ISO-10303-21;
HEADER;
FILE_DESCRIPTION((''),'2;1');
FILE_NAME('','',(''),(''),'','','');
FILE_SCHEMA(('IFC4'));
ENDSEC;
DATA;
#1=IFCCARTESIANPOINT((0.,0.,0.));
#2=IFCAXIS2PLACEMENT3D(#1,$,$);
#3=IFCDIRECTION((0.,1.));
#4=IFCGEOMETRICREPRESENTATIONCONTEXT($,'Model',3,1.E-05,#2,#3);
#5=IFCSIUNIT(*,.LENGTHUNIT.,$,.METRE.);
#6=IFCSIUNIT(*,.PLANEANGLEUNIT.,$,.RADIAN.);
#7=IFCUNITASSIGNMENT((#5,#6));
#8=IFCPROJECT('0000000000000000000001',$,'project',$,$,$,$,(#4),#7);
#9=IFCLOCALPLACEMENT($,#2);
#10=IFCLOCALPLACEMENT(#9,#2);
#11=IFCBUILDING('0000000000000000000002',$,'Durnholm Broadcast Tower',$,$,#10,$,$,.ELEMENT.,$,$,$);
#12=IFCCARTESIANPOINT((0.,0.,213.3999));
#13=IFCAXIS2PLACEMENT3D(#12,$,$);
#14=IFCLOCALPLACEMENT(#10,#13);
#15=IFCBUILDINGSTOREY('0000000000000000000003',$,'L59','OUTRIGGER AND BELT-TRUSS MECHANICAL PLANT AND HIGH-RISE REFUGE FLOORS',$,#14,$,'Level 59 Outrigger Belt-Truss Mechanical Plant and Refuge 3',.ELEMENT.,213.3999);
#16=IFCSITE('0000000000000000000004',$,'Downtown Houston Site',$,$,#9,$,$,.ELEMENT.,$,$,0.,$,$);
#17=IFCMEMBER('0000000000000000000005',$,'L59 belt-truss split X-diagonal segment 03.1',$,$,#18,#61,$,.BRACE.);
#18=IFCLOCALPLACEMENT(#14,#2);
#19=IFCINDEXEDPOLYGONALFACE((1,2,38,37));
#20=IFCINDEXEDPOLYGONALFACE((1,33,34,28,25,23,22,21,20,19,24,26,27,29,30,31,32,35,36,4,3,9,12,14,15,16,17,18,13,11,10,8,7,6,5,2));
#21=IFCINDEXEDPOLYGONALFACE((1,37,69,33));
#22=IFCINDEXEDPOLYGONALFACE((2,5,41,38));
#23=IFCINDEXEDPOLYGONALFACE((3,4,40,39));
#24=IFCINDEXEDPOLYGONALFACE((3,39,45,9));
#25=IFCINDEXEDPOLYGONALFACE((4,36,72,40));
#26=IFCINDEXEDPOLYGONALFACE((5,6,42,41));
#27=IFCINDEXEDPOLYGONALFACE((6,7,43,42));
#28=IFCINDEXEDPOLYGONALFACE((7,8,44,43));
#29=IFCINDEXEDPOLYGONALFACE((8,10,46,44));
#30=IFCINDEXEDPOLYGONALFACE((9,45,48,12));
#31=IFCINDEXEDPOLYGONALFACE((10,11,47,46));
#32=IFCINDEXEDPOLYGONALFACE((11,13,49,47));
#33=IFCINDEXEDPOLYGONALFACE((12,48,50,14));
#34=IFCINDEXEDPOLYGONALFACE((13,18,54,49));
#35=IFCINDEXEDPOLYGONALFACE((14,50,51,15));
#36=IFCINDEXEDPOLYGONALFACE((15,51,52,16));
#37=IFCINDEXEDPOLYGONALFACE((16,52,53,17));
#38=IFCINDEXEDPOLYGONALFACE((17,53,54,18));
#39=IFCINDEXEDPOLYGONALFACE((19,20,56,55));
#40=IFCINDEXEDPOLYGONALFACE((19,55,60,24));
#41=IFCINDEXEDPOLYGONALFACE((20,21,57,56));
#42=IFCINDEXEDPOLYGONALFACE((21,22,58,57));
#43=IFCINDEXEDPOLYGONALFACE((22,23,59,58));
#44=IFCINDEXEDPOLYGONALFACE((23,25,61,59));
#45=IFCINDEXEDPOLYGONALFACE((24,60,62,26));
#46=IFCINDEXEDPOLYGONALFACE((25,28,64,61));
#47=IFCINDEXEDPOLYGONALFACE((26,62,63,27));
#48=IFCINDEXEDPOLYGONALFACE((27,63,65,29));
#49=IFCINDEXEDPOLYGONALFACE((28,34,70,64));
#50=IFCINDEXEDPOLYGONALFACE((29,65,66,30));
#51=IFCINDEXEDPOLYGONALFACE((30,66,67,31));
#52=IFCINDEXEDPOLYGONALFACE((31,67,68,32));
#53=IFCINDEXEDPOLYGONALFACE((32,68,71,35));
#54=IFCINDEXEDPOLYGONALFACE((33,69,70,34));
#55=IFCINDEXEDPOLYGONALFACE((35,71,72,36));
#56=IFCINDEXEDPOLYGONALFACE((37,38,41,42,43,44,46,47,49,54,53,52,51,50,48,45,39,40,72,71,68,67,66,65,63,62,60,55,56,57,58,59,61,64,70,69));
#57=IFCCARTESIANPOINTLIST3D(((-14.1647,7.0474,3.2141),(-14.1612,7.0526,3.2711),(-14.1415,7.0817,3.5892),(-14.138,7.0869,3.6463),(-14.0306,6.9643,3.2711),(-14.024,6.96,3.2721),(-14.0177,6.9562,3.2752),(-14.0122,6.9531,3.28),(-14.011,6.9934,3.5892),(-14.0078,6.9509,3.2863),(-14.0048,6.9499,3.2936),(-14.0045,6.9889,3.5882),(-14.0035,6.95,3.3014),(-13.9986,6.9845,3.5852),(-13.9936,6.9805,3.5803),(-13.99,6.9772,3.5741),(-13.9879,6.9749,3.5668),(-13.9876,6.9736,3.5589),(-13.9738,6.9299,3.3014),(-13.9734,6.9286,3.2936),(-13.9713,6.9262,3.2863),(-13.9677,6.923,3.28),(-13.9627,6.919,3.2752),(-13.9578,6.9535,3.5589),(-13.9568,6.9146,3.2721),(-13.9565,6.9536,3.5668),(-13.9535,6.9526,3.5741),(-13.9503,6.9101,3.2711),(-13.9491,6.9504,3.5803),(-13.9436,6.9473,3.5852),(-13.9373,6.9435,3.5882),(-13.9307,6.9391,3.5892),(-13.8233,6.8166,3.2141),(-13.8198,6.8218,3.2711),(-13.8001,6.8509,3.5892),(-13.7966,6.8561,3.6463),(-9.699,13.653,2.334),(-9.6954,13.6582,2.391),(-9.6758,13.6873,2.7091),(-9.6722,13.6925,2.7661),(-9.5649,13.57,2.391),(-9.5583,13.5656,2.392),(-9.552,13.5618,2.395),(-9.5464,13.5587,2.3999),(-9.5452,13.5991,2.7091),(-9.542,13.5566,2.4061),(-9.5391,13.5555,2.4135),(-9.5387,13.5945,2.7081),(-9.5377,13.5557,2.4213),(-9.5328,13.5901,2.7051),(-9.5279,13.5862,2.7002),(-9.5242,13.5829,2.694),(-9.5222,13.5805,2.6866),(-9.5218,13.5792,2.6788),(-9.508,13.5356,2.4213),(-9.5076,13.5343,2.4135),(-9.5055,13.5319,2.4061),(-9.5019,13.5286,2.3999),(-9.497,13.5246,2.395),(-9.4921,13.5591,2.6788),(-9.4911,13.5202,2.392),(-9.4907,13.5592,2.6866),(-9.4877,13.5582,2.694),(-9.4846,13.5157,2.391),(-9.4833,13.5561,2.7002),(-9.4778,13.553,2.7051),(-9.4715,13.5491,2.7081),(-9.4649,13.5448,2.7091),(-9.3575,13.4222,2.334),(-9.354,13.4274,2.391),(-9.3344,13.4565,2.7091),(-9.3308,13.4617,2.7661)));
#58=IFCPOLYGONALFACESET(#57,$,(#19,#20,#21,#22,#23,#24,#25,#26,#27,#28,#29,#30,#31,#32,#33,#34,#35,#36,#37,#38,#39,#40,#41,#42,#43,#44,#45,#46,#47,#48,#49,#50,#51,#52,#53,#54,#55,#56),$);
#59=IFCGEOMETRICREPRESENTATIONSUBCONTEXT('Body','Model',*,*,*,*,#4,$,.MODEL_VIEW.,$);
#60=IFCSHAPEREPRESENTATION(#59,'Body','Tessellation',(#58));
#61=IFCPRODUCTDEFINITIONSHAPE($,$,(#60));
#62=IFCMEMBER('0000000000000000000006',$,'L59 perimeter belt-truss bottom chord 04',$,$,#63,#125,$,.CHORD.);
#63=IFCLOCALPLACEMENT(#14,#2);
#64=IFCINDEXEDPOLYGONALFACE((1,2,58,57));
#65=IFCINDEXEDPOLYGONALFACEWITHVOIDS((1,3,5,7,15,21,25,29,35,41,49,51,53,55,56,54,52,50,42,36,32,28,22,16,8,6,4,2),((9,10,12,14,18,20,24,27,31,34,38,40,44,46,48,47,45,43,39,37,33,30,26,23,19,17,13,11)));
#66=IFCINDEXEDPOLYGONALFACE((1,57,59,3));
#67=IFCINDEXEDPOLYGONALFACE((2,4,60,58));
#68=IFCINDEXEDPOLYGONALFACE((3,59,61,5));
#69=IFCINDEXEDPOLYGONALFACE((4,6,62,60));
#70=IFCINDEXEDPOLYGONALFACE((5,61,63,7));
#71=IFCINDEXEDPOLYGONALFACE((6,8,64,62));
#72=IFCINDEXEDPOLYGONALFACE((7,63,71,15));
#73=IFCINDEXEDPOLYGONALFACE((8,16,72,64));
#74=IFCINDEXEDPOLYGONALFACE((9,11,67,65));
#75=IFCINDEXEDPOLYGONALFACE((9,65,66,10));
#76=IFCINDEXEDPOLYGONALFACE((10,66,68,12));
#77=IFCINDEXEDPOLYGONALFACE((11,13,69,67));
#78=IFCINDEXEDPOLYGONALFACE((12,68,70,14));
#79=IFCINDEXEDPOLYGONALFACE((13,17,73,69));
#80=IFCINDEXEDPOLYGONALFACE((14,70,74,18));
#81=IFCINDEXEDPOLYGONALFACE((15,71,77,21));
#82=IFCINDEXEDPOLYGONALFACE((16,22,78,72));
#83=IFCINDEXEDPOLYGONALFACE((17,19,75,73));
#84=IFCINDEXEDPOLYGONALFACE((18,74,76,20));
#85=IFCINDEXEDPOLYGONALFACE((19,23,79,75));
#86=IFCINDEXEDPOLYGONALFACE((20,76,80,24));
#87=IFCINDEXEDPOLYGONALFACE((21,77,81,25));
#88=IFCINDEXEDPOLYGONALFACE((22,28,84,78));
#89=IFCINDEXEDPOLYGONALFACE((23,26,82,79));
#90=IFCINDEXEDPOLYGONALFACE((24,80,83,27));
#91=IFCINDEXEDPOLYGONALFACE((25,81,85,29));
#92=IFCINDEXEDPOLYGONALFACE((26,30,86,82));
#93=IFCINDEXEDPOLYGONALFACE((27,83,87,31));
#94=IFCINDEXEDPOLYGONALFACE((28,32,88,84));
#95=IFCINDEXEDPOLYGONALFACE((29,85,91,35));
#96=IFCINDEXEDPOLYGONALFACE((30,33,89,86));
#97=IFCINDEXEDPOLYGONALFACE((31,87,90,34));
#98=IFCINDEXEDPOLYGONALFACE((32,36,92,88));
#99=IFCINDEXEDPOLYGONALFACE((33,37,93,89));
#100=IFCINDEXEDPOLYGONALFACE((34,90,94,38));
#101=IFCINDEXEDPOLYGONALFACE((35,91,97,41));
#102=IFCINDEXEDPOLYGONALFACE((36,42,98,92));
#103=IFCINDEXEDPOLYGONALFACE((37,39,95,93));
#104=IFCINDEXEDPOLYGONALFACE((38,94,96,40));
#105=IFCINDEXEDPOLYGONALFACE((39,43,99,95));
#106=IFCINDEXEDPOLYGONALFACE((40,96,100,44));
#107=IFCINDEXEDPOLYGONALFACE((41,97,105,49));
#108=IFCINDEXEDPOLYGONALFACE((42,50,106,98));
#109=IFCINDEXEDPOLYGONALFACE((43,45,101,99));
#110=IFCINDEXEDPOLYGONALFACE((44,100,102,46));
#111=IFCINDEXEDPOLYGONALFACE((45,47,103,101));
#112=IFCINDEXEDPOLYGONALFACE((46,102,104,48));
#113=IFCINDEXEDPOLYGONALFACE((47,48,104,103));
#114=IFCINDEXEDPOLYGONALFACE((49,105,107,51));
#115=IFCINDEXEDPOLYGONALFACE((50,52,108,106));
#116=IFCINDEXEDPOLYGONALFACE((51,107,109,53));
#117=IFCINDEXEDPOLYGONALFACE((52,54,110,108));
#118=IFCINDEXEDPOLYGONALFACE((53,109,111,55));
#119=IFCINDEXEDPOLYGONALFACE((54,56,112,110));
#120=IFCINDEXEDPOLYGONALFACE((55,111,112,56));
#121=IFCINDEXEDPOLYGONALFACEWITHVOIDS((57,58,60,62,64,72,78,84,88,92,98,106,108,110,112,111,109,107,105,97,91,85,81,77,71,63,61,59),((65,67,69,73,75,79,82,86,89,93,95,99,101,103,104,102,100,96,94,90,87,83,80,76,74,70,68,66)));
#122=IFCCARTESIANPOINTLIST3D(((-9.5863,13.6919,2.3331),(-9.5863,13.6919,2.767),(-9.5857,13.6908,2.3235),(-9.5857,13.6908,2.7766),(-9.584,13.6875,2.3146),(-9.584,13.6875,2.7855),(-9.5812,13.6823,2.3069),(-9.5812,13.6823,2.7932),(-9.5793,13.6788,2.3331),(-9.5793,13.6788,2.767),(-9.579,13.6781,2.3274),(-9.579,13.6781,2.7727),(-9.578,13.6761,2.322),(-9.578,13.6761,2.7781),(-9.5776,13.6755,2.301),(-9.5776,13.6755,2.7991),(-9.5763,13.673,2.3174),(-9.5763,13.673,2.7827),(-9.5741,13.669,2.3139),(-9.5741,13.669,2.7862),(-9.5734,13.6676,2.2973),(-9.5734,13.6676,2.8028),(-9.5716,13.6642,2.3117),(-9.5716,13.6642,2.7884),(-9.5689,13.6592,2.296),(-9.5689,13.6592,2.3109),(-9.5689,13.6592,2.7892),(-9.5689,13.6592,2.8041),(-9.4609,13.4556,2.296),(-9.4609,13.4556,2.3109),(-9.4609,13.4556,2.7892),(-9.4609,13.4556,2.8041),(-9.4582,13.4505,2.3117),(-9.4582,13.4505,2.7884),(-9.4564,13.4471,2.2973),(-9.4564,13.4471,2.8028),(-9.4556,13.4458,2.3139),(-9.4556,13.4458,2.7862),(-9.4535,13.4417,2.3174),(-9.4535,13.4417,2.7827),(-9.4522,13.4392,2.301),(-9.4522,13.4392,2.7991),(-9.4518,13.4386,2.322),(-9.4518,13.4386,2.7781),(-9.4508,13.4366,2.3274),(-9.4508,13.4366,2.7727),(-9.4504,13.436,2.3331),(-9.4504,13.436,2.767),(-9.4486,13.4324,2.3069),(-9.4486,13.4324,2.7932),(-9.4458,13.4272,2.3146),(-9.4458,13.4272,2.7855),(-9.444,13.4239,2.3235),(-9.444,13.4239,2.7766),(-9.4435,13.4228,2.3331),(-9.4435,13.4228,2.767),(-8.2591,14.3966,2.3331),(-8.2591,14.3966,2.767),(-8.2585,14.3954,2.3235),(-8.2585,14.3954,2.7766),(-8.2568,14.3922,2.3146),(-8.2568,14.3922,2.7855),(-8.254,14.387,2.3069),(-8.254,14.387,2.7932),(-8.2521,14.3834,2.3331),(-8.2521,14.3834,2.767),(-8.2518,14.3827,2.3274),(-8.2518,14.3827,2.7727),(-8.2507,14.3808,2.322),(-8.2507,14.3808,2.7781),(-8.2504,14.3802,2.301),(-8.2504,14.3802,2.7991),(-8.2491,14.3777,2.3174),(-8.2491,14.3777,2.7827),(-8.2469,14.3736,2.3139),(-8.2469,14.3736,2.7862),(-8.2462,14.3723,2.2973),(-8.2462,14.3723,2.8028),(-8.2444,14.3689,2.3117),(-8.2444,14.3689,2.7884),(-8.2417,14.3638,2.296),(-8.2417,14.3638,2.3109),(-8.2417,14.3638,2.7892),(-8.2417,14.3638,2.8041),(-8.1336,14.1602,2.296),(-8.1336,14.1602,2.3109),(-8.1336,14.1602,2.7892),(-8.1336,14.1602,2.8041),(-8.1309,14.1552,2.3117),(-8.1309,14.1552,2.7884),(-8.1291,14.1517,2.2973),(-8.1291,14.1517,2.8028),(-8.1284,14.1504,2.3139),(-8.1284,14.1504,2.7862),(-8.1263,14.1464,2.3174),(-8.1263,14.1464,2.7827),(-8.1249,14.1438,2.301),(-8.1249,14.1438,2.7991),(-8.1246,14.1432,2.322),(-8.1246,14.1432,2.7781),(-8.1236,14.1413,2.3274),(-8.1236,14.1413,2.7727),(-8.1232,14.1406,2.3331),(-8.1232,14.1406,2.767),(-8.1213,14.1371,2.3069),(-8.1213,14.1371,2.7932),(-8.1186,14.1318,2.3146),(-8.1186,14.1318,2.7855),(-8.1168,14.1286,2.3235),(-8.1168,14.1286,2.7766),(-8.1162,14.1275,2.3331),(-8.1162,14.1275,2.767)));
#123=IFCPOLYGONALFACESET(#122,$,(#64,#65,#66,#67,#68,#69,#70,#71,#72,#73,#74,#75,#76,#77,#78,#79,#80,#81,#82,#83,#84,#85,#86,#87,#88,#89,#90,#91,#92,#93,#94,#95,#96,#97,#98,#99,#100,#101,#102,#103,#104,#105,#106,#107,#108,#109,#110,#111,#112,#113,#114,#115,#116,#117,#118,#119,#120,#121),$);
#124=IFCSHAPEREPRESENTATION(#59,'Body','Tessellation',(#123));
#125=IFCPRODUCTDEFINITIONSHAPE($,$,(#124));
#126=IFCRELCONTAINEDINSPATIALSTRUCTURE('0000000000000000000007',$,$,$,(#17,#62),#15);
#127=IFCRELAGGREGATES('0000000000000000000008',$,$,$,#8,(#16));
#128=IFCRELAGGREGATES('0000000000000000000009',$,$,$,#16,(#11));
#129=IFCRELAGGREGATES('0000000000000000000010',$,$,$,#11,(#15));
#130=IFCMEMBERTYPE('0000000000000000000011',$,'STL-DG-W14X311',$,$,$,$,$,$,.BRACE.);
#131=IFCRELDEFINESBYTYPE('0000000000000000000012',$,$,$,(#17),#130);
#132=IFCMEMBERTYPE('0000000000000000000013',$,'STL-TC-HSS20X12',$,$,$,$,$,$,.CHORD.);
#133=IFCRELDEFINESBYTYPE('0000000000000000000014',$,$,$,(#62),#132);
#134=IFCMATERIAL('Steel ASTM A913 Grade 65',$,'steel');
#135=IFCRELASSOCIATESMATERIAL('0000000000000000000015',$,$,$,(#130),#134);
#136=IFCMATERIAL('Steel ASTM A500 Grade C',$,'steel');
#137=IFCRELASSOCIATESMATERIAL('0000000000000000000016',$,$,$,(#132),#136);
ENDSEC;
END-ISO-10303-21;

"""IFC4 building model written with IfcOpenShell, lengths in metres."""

from ifc_helpers import new_model, si_unit, direction, frame, origin, origin_2d, place, context, subcontext, project, spatial, hollow_rectangle, i_section, extrude, source, transform, mapped, material, material_profile, profile_set, type_object, type_shapes, element, save


model = new_model("IFC4")

# Units and contexts
model_context = context("Model", 3, precision=1e-05, world=origin(), true_north=direction((0.0, 1.0)))
body_context = subcontext(model_context, "Body", "Model", "MODEL_VIEW")
ifc_project = project(units=[si_unit("LENGTHUNIT", "METRE"), si_unit("PLANEANGLEUNIT", "RADIAN")], contexts=[model_context])

# Site, building, storey
site_placement = place(None, origin())
site = spatial("IfcSite", under=ifc_project, at=site_placement, Name="Downtown Houston Site", CompositionType="ELEMENT", RefElevation=0.0)
building_placement = place(site_placement, origin())
building = spatial("IfcBuilding", under=site, at=building_placement, Name="Durnholm Broadcast Tower", CompositionType="ELEMENT")
storey_placement = place(building_placement, frame((0.0, 0.0, 213.3999)))
storey = spatial("IfcBuildingStorey", under=building, at=storey_placement, Name="L59", Description="OUTRIGGER AND BELT-TRUSS MECHANICAL PLANT AND HIGH-RISE REFUGE FLOORS", LongName="Level 59 Outrigger Belt-Truss Mechanical Plant and Refuge 3", CompositionType="ELEMENT", Elevation=213.3999)

# Members
ifc_material_1 = material(Name="Steel ASTM A913 Grade 65", Category="steel")
ifc_material_profile_1 = material_profile(ifc_material_1, i_section(OverallWidth=0.4121, OverallDepth=0.4348, WebThickness=0.0359, FlangeThickness=0.0574, FilletRadius=0.0305, at=origin_2d()), Name="W14X311")
ifc_profile_set_1 = profile_set([ifc_material_profile_1], Name="Steel ASTM A913 Grade 65")
member_type_1 = type_object("IfcMemberType", Name="STL-DG-W14X311", PredefinedType="BRACE", material=ifc_profile_set_1)
shared_shape_1 = source(origin(), body_context, "Body", "SweptSolid", [
    extrude(i_section(OverallWidth=0.4121, OverallDepth=0.4348, WebThickness=0.0359, FlangeThickness=0.0574, FilletRadius=0.0305, at=origin_2d()), origin(), (0.0, 0.0, 1.0), 8.022),
])
type_shapes(member_type_1, [shared_shape_1])
member_1_placement = place(storey_placement, frame((-9.5149, 13.5574, 2.55), z_axis=(-0.556692, -0.823442, 0.109713), x_axis=(0.828443, -0.560073, 0.0)))
element("IfcMember", 1, at=member_1_placement, inside=storey, type_object=member_type_1, Name="L59 belt-truss split X-diagonal segment 03.1", PredefinedType="BRACE", context=body_context, shape_type="MappedRepresentation", body=[
    mapped(shared_shape_1, transform((0.0, 0.0, 0.0), x_axis=(1.0, 0.0, 0.0), y_axis=(0.0, 1.0, 0.0), z_axis=(0.0, 0.0, 1.0), scale=1.0)),
])
ifc_material_2 = material(Name="Steel ASTM A500 Grade C", Category="steel")
ifc_material_profile_2 = material_profile(ifc_material_2, hollow_rectangle(XDim=0.3047, YDim=0.5081, WallThickness=0.0149, InnerFilletRadius=0.0222, OuterFilletRadius=0.0371, at=origin_2d()), Name="HSS20X12X5/8")
ifc_profile_set_2 = profile_set([ifc_material_profile_2], Name="Steel ASTM A500 Grade C")
member_type_2 = type_object("IfcMemberType", Name="STL-TC-HSS20X12", PredefinedType="CHORD", material=ifc_profile_set_2)
shared_shape_2 = source(origin(), body_context, "Body", "SweptSolid", [
    extrude(hollow_rectangle(XDim=0.3047, YDim=0.5081, WallThickness=0.0149, InnerFilletRadius=0.0222, OuterFilletRadius=0.0371, at=origin_2d()), origin(), (0.0, 0.0, 1.0), 1.5027),
])
type_shapes(member_type_2, [shared_shape_2])
member_2_placement = place(storey_placement, frame((-9.5149, 13.5574, 2.55), z_axis=(0.883242, 0.468918, 0.0), x_axis=(-0.468918, 0.883242, 0.0)))
element("IfcMember", 2, at=member_2_placement, inside=storey, type_object=member_type_2, Name="L59 perimeter belt-truss bottom chord 04", PredefinedType="CHORD", context=body_context, shape_type="MappedRepresentation", body=[
    mapped(shared_shape_2, transform((0.0, 0.0, 0.0), x_axis=(1.0, 0.0, 0.0), y_axis=(0.0, 1.0, 0.0), z_axis=(0.0, 0.0, 1.0), scale=1.0)),
])

save(model, "model.ifc")
